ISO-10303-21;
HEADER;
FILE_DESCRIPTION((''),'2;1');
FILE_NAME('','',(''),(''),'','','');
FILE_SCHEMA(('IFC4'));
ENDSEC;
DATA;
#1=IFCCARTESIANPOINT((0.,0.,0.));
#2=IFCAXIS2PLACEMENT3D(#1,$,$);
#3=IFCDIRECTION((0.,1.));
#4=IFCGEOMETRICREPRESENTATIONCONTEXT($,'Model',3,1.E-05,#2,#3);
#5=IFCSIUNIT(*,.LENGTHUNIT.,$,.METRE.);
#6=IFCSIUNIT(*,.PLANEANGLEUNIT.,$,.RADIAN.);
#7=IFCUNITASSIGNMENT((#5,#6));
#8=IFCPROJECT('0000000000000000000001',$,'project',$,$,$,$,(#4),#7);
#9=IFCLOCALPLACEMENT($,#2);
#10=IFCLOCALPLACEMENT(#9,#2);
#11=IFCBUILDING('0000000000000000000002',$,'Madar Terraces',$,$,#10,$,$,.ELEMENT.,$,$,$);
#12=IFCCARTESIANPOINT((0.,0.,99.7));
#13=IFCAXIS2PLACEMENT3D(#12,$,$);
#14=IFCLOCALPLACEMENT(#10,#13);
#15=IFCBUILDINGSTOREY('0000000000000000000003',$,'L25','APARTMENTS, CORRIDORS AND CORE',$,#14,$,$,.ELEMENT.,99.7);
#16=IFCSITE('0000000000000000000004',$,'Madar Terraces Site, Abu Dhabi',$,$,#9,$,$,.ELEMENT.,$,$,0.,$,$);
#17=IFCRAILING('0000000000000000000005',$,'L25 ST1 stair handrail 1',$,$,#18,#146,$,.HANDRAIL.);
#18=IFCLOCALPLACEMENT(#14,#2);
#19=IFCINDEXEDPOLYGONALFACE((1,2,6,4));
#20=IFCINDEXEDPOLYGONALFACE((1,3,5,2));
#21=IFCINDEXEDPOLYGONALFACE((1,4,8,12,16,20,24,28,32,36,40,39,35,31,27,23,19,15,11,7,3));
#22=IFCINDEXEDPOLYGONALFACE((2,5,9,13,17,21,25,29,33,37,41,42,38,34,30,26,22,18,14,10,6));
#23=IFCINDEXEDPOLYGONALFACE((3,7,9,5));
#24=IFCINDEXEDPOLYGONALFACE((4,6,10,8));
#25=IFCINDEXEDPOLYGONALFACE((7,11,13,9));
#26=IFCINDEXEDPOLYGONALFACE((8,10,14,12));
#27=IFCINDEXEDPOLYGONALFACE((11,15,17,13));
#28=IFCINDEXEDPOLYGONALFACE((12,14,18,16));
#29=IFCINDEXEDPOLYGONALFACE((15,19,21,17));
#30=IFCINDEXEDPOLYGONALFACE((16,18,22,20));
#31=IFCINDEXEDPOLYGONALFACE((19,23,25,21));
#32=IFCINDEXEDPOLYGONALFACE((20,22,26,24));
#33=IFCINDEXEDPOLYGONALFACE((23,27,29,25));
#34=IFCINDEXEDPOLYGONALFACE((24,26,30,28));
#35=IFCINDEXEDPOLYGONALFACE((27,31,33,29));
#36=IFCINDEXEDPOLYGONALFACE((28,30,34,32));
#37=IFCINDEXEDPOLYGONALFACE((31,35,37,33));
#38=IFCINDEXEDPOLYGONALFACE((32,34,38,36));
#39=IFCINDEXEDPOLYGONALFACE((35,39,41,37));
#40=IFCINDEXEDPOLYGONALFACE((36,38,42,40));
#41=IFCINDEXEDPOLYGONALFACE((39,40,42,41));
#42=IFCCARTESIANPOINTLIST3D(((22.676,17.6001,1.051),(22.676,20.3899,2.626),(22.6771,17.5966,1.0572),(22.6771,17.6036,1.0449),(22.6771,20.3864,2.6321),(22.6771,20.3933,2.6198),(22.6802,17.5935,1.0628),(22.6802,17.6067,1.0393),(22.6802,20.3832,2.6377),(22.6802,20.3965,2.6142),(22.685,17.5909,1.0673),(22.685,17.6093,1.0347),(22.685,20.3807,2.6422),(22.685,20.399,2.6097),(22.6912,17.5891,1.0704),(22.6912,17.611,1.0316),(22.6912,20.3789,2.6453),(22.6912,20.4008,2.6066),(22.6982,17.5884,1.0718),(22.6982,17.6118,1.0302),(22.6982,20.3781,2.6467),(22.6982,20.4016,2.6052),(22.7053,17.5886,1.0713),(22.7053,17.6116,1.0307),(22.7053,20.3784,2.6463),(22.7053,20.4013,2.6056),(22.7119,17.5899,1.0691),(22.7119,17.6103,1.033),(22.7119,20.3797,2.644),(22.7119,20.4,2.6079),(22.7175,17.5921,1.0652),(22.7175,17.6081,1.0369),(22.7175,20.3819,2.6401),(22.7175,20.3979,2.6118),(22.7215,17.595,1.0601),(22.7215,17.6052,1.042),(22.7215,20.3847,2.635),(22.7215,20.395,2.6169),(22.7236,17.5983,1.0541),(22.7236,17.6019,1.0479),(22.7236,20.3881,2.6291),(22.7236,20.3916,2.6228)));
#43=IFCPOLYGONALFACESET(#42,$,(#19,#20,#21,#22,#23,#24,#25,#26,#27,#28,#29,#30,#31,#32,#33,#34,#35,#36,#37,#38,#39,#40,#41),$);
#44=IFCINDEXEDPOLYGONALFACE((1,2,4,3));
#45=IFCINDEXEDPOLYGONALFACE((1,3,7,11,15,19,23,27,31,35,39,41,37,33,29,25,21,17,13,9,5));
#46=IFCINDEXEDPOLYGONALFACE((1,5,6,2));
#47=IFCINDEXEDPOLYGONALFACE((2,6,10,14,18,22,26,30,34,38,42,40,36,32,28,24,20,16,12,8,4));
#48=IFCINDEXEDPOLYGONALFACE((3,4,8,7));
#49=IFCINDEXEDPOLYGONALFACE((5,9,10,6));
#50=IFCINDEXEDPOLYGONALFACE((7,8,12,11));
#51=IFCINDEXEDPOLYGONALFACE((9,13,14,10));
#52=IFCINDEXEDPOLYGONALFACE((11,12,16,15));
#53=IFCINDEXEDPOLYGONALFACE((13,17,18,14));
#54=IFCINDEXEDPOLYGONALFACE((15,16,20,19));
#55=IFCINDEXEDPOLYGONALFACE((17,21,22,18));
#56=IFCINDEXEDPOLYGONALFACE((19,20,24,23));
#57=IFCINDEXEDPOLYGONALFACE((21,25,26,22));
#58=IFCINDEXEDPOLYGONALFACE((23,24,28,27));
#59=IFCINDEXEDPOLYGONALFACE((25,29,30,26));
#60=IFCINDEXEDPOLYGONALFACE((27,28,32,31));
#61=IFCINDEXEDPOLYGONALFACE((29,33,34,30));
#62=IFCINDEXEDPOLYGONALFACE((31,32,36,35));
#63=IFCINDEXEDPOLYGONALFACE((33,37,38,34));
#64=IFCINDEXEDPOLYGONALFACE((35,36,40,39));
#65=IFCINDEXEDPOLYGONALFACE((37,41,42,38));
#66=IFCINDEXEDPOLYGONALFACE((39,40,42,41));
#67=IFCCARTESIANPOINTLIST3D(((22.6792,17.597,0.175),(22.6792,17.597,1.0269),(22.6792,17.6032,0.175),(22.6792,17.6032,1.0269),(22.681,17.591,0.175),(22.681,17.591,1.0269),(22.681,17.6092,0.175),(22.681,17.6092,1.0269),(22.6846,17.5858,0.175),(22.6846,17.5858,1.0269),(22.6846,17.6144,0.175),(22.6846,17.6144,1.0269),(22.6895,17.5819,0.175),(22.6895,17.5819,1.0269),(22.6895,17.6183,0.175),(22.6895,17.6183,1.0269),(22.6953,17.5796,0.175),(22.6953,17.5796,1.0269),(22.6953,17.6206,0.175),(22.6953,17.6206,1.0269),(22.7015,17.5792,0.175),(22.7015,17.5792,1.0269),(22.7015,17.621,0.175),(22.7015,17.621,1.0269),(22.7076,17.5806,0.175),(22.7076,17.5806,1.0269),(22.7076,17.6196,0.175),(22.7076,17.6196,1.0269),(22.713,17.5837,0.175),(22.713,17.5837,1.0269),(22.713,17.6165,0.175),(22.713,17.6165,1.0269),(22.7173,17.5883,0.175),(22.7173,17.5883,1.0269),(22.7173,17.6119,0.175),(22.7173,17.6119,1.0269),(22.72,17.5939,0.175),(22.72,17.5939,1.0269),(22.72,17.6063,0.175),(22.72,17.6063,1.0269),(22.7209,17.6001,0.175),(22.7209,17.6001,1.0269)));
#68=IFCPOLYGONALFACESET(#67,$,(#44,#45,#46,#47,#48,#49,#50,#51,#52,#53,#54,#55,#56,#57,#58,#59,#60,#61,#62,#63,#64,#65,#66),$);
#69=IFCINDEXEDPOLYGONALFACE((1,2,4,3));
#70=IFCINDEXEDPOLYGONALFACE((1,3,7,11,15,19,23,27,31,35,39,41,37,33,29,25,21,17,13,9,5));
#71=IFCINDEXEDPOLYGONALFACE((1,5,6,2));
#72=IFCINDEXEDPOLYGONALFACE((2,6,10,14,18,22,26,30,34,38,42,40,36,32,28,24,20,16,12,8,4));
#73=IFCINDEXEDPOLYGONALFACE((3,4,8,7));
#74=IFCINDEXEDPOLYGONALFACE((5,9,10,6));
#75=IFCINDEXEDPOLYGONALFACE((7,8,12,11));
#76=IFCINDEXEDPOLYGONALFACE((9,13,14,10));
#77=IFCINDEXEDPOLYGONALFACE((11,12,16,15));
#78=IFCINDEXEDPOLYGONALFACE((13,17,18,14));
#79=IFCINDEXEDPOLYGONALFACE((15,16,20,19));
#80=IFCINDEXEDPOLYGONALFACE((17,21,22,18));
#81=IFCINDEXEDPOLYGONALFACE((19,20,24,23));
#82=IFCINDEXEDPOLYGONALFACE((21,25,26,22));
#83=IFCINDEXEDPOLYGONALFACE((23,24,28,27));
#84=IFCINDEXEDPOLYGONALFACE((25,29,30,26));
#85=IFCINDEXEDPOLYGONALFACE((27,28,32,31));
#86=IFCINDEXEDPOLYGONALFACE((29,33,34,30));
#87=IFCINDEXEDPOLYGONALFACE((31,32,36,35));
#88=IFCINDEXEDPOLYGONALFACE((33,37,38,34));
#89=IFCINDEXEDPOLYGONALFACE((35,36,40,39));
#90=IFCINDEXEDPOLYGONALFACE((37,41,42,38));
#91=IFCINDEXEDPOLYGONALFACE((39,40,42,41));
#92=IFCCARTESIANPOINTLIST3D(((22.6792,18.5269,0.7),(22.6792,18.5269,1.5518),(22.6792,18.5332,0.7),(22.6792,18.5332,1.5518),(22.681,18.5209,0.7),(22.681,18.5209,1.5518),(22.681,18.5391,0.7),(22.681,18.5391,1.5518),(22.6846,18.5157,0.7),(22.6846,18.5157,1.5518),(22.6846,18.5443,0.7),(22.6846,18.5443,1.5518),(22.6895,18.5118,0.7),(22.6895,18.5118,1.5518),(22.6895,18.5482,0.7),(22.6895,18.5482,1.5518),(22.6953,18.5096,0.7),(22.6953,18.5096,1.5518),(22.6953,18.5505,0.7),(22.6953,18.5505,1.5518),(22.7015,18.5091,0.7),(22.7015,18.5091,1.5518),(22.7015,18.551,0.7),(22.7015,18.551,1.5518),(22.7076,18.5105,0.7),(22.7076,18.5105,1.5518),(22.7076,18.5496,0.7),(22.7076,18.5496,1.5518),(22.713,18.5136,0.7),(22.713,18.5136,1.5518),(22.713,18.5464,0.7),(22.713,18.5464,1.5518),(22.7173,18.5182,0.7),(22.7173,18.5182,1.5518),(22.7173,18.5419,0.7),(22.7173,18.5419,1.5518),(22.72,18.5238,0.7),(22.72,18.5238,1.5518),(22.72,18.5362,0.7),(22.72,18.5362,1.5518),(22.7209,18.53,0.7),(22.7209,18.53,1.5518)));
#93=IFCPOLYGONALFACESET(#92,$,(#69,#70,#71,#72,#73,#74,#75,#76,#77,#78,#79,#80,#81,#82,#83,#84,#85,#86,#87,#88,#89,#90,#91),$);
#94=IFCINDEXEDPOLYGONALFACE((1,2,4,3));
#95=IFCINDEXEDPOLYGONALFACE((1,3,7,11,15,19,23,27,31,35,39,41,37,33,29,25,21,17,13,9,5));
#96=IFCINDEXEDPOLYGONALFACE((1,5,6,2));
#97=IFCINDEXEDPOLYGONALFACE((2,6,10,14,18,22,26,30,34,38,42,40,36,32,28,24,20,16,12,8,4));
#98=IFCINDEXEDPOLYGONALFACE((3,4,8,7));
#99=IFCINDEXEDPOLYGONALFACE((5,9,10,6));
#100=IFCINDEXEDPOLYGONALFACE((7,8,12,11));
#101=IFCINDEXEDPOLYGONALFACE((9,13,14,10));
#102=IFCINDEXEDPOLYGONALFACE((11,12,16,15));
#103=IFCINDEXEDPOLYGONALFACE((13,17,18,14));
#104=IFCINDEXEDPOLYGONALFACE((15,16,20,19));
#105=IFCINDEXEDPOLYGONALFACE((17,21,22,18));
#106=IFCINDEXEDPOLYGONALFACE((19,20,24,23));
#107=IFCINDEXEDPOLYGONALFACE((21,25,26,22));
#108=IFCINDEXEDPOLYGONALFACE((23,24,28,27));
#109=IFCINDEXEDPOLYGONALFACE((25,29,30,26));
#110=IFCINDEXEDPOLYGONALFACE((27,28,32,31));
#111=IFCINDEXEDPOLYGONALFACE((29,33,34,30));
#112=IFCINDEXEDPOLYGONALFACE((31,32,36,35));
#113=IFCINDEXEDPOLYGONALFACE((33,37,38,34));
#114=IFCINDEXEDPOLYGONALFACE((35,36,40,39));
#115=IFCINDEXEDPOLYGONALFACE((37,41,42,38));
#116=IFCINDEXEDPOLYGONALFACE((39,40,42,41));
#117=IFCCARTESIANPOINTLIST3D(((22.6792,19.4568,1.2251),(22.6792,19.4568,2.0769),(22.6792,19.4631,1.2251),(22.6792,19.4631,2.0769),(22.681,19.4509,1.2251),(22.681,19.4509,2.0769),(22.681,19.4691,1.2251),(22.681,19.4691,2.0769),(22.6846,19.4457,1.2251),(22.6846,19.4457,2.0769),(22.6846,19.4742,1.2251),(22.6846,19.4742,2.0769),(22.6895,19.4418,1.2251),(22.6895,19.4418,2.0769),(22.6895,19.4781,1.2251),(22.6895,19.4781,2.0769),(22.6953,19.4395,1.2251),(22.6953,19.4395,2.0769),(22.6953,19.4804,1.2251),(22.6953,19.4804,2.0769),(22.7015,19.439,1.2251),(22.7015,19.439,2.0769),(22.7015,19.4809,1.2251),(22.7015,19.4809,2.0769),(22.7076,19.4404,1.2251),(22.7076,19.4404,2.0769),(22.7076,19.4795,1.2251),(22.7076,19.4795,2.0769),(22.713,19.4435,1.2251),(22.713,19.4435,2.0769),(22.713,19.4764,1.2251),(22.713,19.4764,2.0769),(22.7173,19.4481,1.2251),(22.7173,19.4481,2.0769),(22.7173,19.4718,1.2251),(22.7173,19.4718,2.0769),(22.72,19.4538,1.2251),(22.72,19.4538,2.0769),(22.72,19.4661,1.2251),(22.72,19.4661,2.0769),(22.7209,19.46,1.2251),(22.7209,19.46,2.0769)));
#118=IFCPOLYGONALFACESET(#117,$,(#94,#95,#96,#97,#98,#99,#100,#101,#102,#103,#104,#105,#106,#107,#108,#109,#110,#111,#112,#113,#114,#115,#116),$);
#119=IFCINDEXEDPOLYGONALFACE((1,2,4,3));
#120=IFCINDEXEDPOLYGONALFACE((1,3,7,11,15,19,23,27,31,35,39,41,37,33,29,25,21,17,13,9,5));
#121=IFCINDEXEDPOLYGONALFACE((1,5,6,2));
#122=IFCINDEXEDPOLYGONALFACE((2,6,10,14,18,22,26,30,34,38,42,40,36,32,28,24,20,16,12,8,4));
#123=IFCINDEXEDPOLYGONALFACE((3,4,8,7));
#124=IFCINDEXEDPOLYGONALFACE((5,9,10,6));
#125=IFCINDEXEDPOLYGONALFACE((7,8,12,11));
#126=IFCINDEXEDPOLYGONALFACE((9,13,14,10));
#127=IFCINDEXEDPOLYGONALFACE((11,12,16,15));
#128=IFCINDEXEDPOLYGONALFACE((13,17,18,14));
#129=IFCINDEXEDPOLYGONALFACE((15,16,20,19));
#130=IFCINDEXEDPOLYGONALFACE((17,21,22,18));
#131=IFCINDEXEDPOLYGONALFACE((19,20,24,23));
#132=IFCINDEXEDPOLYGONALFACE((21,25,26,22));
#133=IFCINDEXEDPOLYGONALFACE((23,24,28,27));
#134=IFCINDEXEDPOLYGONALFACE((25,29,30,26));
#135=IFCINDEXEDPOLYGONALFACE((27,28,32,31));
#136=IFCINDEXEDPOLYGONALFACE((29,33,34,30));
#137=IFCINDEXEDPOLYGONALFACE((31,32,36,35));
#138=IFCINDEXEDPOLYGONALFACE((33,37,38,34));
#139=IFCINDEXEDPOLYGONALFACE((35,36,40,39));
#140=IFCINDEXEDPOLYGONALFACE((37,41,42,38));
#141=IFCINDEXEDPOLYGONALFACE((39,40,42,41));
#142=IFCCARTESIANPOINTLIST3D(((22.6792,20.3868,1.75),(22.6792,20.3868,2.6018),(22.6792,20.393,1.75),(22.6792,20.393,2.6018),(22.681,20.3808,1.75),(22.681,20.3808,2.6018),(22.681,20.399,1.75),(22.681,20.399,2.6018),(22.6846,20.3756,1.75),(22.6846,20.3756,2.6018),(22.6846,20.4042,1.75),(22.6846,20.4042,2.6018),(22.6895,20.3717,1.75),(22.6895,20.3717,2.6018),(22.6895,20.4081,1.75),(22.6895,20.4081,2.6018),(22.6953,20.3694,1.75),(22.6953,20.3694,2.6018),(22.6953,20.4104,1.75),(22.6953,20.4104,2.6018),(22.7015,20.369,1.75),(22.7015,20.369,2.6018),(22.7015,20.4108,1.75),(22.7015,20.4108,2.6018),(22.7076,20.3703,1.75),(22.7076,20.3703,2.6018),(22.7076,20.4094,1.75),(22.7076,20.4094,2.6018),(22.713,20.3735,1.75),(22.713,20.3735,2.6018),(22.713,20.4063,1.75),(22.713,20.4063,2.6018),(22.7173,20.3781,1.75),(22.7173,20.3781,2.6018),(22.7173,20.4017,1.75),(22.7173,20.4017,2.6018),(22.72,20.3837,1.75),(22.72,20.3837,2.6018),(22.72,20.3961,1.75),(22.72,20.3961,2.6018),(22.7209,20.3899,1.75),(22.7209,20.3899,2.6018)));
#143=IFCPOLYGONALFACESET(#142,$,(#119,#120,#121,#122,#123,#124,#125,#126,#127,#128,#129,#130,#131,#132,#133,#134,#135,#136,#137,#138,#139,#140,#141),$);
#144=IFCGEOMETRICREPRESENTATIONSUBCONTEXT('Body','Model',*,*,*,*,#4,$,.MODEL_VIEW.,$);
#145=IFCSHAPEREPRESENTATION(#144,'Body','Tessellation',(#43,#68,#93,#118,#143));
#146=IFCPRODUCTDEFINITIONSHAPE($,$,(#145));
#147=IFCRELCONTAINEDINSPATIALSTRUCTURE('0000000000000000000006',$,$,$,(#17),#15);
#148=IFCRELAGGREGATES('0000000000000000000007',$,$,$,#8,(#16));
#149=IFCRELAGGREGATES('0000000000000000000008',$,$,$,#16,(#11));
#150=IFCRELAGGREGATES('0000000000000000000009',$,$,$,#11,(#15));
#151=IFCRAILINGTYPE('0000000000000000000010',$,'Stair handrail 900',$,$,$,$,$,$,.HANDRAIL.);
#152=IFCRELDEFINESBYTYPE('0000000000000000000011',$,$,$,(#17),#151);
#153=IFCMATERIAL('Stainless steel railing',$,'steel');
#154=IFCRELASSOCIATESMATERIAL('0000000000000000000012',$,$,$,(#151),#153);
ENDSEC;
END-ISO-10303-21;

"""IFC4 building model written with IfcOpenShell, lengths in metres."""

from ifc_helpers import new_model, si_unit, direction, frame, origin, origin_2d, place, context, subcontext, project, spatial, circle, extrude, material, type_object, element, save


model = new_model("IFC4")

# Units and contexts
model_context = context("Model", 3, precision=1e-05, world=origin(), true_north=direction((0.0, 1.0)))
body_context = subcontext(model_context, "Body", "Model", "MODEL_VIEW")
ifc_project = project(units=[si_unit("LENGTHUNIT", "METRE"), si_unit("PLANEANGLEUNIT", "RADIAN")], contexts=[model_context])

# Site, building, storey
site_placement = place(None, origin())
site = spatial("IfcSite", under=ifc_project, at=site_placement, Name="Madar Terraces Site, Abu Dhabi", CompositionType="ELEMENT", RefElevation=0.0)
building_placement = place(site_placement, origin())
building = spatial("IfcBuilding", under=site, at=building_placement, Name="Madar Terraces", CompositionType="ELEMENT")
storey_placement = place(building_placement, frame((0.0, 0.0, 99.7)))
storey = spatial("IfcBuildingStorey", under=building, at=storey_placement, Name="L25", Description="APARTMENTS, CORRIDORS AND CORE", CompositionType="ELEMENT", Elevation=99.7)

# Railing
ifc_material_1 = material(Name="Stainless steel railing", Category="steel")
railing_type = type_object("IfcRailingType", Name="Stair handrail 900", PredefinedType="HANDRAIL", material=ifc_material_1)
railing_placement = place(storey_placement, frame((22.7, 17.6001, 0.175)))
element("IfcRailing", 1, at=railing_placement, inside=storey, type_object=railing_type, Name="L25 ST1 stair handrail 1", PredefinedType="HANDRAIL", context=body_context, shape_type="SweptSolid", body=[
    extrude(circle(Radius=0.0239, at=origin_2d()), frame((0.0, 0.0, 0.876), z_axis=(0.0, 0.870815, 0.49161), x_axis=(-1.0, 0.0, 0.0)), (0.0, 0.0, 1.0), 3.2036),
    extrude(circle(Radius=0.021, at=origin_2d()), origin(), (0.0, 0.0, 1.0), 0.8518),
    extrude(circle(Radius=0.021, at=origin_2d()), frame((0.0, 0.9299, 0.5249)), (0.0, 0.0, 1.0), 0.8518),
    extrude(circle(Radius=0.021, at=origin_2d()), frame((0.0, 1.8599, 1.05)), (0.0, 0.0, 1.0), 0.8518),
    extrude(circle(Radius=0.021, at=origin_2d()), frame((0.0, 2.7898, 1.575)), (0.0, 0.0, 1.0), 0.8518),
])

save(model, "model.ifc")
